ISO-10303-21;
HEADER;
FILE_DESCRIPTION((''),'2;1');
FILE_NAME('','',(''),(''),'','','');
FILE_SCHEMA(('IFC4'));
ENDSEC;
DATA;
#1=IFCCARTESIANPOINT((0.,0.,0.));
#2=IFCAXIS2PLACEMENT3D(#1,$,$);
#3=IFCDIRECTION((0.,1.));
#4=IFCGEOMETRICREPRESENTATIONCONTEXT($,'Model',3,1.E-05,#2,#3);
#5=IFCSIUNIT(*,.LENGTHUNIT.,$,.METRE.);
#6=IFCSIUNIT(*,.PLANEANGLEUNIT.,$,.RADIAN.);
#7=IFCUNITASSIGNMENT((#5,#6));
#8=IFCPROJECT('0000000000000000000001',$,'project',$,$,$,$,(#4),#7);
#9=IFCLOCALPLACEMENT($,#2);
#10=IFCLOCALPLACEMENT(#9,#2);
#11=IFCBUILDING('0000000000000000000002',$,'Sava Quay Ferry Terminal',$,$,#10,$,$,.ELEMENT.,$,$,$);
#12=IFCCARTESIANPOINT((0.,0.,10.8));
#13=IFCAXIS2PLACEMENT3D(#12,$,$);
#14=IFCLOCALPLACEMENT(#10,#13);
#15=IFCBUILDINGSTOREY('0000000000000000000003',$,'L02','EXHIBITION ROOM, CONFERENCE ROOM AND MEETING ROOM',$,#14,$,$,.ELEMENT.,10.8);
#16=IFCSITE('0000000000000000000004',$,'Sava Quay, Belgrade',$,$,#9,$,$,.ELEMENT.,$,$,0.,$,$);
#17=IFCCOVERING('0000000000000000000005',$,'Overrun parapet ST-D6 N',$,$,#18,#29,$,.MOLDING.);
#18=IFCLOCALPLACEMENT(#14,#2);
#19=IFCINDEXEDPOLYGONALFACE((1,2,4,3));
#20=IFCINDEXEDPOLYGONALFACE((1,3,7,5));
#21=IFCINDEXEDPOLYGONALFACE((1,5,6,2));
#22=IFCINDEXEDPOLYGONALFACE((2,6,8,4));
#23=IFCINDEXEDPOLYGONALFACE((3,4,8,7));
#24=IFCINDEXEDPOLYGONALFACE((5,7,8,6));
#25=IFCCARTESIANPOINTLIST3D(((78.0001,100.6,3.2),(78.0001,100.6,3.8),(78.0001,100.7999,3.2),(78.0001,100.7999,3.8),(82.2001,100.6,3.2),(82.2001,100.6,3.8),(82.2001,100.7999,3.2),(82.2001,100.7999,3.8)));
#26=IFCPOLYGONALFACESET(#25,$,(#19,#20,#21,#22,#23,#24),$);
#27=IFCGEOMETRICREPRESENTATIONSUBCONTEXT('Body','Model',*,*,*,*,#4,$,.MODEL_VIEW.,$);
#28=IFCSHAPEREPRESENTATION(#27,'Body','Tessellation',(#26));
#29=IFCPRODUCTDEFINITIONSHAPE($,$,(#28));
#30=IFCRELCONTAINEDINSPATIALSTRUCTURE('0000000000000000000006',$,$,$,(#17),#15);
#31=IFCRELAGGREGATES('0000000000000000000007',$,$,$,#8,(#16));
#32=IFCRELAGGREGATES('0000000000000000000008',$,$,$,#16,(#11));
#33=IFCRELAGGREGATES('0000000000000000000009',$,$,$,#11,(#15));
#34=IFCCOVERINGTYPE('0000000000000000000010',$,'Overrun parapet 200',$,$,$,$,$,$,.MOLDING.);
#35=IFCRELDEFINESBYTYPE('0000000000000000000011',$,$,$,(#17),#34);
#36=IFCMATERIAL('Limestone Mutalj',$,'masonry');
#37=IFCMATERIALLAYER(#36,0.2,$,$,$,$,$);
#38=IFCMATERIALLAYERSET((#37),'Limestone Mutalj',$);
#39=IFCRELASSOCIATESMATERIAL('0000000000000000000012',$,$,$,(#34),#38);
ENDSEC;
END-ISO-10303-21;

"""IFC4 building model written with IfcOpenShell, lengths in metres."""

from ifc_helpers import new_model, si_unit, direction, frame, origin, origin_2d, place, context, subcontext, project, spatial, rectangle, extrude, material, layer, layer_set, type_object, element, save


model = new_model("IFC4")

# Units and contexts
model_context = context("Model", 3, precision=1e-05, world=origin(), true_north=direction((0.0, 1.0)))
body_context = subcontext(model_context, "Body", "Model", "MODEL_VIEW")
ifc_project = project(units=[si_unit("LENGTHUNIT", "METRE"), si_unit("PLANEANGLEUNIT", "RADIAN")], contexts=[model_context])

# Site, building, storey
site_placement = place(None, origin())
site = spatial("IfcSite", under=ifc_project, at=site_placement, Name="Sava Quay, Belgrade", CompositionType="ELEMENT", RefElevation=0.0)
building_placement = place(site_placement, origin())
building = spatial("IfcBuilding", under=site, at=building_placement, Name="Sava Quay Ferry Terminal", CompositionType="ELEMENT")
storey_placement = place(building_placement, frame((0.0, 0.0, 10.8)))
storey = spatial("IfcBuildingStorey", under=building, at=storey_placement, Name="L02", Description="EXHIBITION ROOM, CONFERENCE ROOM AND MEETING ROOM", CompositionType="ELEMENT", Elevation=10.8)

# Covering
ifc_material_1 = material(Name="Limestone Mutalj", Category="masonry")
ifc_layer_1 = layer(ifc_material_1, 0.2)
ifc_layer_set_1 = layer_set([ifc_layer_1], Name="Limestone Mutalj")
covering_type_1 = type_object("IfcCoveringType", Name="Overrun parapet 200", PredefinedType="MOLDING", material=ifc_layer_set_1)
covering_1_placement = place(storey_placement, frame((80.1001, 100.7, 3.2), z_axis=(0.0, 0.0, 1.0), x_axis=(1.0, 0.0, 0.0)))
element("IfcCovering", 1, at=covering_1_placement, inside=storey, type_object=covering_type_1, Name="Overrun parapet ST-D6 N", PredefinedType="MOLDING", context=body_context, shape_type="SweptSolid", body=[
    extrude(rectangle(XDim=4.2, YDim=0.2, at=origin_2d()), origin(), (0.0, 0.0, 1.0), 0.6001),
])

save(model, "model.ifc")
